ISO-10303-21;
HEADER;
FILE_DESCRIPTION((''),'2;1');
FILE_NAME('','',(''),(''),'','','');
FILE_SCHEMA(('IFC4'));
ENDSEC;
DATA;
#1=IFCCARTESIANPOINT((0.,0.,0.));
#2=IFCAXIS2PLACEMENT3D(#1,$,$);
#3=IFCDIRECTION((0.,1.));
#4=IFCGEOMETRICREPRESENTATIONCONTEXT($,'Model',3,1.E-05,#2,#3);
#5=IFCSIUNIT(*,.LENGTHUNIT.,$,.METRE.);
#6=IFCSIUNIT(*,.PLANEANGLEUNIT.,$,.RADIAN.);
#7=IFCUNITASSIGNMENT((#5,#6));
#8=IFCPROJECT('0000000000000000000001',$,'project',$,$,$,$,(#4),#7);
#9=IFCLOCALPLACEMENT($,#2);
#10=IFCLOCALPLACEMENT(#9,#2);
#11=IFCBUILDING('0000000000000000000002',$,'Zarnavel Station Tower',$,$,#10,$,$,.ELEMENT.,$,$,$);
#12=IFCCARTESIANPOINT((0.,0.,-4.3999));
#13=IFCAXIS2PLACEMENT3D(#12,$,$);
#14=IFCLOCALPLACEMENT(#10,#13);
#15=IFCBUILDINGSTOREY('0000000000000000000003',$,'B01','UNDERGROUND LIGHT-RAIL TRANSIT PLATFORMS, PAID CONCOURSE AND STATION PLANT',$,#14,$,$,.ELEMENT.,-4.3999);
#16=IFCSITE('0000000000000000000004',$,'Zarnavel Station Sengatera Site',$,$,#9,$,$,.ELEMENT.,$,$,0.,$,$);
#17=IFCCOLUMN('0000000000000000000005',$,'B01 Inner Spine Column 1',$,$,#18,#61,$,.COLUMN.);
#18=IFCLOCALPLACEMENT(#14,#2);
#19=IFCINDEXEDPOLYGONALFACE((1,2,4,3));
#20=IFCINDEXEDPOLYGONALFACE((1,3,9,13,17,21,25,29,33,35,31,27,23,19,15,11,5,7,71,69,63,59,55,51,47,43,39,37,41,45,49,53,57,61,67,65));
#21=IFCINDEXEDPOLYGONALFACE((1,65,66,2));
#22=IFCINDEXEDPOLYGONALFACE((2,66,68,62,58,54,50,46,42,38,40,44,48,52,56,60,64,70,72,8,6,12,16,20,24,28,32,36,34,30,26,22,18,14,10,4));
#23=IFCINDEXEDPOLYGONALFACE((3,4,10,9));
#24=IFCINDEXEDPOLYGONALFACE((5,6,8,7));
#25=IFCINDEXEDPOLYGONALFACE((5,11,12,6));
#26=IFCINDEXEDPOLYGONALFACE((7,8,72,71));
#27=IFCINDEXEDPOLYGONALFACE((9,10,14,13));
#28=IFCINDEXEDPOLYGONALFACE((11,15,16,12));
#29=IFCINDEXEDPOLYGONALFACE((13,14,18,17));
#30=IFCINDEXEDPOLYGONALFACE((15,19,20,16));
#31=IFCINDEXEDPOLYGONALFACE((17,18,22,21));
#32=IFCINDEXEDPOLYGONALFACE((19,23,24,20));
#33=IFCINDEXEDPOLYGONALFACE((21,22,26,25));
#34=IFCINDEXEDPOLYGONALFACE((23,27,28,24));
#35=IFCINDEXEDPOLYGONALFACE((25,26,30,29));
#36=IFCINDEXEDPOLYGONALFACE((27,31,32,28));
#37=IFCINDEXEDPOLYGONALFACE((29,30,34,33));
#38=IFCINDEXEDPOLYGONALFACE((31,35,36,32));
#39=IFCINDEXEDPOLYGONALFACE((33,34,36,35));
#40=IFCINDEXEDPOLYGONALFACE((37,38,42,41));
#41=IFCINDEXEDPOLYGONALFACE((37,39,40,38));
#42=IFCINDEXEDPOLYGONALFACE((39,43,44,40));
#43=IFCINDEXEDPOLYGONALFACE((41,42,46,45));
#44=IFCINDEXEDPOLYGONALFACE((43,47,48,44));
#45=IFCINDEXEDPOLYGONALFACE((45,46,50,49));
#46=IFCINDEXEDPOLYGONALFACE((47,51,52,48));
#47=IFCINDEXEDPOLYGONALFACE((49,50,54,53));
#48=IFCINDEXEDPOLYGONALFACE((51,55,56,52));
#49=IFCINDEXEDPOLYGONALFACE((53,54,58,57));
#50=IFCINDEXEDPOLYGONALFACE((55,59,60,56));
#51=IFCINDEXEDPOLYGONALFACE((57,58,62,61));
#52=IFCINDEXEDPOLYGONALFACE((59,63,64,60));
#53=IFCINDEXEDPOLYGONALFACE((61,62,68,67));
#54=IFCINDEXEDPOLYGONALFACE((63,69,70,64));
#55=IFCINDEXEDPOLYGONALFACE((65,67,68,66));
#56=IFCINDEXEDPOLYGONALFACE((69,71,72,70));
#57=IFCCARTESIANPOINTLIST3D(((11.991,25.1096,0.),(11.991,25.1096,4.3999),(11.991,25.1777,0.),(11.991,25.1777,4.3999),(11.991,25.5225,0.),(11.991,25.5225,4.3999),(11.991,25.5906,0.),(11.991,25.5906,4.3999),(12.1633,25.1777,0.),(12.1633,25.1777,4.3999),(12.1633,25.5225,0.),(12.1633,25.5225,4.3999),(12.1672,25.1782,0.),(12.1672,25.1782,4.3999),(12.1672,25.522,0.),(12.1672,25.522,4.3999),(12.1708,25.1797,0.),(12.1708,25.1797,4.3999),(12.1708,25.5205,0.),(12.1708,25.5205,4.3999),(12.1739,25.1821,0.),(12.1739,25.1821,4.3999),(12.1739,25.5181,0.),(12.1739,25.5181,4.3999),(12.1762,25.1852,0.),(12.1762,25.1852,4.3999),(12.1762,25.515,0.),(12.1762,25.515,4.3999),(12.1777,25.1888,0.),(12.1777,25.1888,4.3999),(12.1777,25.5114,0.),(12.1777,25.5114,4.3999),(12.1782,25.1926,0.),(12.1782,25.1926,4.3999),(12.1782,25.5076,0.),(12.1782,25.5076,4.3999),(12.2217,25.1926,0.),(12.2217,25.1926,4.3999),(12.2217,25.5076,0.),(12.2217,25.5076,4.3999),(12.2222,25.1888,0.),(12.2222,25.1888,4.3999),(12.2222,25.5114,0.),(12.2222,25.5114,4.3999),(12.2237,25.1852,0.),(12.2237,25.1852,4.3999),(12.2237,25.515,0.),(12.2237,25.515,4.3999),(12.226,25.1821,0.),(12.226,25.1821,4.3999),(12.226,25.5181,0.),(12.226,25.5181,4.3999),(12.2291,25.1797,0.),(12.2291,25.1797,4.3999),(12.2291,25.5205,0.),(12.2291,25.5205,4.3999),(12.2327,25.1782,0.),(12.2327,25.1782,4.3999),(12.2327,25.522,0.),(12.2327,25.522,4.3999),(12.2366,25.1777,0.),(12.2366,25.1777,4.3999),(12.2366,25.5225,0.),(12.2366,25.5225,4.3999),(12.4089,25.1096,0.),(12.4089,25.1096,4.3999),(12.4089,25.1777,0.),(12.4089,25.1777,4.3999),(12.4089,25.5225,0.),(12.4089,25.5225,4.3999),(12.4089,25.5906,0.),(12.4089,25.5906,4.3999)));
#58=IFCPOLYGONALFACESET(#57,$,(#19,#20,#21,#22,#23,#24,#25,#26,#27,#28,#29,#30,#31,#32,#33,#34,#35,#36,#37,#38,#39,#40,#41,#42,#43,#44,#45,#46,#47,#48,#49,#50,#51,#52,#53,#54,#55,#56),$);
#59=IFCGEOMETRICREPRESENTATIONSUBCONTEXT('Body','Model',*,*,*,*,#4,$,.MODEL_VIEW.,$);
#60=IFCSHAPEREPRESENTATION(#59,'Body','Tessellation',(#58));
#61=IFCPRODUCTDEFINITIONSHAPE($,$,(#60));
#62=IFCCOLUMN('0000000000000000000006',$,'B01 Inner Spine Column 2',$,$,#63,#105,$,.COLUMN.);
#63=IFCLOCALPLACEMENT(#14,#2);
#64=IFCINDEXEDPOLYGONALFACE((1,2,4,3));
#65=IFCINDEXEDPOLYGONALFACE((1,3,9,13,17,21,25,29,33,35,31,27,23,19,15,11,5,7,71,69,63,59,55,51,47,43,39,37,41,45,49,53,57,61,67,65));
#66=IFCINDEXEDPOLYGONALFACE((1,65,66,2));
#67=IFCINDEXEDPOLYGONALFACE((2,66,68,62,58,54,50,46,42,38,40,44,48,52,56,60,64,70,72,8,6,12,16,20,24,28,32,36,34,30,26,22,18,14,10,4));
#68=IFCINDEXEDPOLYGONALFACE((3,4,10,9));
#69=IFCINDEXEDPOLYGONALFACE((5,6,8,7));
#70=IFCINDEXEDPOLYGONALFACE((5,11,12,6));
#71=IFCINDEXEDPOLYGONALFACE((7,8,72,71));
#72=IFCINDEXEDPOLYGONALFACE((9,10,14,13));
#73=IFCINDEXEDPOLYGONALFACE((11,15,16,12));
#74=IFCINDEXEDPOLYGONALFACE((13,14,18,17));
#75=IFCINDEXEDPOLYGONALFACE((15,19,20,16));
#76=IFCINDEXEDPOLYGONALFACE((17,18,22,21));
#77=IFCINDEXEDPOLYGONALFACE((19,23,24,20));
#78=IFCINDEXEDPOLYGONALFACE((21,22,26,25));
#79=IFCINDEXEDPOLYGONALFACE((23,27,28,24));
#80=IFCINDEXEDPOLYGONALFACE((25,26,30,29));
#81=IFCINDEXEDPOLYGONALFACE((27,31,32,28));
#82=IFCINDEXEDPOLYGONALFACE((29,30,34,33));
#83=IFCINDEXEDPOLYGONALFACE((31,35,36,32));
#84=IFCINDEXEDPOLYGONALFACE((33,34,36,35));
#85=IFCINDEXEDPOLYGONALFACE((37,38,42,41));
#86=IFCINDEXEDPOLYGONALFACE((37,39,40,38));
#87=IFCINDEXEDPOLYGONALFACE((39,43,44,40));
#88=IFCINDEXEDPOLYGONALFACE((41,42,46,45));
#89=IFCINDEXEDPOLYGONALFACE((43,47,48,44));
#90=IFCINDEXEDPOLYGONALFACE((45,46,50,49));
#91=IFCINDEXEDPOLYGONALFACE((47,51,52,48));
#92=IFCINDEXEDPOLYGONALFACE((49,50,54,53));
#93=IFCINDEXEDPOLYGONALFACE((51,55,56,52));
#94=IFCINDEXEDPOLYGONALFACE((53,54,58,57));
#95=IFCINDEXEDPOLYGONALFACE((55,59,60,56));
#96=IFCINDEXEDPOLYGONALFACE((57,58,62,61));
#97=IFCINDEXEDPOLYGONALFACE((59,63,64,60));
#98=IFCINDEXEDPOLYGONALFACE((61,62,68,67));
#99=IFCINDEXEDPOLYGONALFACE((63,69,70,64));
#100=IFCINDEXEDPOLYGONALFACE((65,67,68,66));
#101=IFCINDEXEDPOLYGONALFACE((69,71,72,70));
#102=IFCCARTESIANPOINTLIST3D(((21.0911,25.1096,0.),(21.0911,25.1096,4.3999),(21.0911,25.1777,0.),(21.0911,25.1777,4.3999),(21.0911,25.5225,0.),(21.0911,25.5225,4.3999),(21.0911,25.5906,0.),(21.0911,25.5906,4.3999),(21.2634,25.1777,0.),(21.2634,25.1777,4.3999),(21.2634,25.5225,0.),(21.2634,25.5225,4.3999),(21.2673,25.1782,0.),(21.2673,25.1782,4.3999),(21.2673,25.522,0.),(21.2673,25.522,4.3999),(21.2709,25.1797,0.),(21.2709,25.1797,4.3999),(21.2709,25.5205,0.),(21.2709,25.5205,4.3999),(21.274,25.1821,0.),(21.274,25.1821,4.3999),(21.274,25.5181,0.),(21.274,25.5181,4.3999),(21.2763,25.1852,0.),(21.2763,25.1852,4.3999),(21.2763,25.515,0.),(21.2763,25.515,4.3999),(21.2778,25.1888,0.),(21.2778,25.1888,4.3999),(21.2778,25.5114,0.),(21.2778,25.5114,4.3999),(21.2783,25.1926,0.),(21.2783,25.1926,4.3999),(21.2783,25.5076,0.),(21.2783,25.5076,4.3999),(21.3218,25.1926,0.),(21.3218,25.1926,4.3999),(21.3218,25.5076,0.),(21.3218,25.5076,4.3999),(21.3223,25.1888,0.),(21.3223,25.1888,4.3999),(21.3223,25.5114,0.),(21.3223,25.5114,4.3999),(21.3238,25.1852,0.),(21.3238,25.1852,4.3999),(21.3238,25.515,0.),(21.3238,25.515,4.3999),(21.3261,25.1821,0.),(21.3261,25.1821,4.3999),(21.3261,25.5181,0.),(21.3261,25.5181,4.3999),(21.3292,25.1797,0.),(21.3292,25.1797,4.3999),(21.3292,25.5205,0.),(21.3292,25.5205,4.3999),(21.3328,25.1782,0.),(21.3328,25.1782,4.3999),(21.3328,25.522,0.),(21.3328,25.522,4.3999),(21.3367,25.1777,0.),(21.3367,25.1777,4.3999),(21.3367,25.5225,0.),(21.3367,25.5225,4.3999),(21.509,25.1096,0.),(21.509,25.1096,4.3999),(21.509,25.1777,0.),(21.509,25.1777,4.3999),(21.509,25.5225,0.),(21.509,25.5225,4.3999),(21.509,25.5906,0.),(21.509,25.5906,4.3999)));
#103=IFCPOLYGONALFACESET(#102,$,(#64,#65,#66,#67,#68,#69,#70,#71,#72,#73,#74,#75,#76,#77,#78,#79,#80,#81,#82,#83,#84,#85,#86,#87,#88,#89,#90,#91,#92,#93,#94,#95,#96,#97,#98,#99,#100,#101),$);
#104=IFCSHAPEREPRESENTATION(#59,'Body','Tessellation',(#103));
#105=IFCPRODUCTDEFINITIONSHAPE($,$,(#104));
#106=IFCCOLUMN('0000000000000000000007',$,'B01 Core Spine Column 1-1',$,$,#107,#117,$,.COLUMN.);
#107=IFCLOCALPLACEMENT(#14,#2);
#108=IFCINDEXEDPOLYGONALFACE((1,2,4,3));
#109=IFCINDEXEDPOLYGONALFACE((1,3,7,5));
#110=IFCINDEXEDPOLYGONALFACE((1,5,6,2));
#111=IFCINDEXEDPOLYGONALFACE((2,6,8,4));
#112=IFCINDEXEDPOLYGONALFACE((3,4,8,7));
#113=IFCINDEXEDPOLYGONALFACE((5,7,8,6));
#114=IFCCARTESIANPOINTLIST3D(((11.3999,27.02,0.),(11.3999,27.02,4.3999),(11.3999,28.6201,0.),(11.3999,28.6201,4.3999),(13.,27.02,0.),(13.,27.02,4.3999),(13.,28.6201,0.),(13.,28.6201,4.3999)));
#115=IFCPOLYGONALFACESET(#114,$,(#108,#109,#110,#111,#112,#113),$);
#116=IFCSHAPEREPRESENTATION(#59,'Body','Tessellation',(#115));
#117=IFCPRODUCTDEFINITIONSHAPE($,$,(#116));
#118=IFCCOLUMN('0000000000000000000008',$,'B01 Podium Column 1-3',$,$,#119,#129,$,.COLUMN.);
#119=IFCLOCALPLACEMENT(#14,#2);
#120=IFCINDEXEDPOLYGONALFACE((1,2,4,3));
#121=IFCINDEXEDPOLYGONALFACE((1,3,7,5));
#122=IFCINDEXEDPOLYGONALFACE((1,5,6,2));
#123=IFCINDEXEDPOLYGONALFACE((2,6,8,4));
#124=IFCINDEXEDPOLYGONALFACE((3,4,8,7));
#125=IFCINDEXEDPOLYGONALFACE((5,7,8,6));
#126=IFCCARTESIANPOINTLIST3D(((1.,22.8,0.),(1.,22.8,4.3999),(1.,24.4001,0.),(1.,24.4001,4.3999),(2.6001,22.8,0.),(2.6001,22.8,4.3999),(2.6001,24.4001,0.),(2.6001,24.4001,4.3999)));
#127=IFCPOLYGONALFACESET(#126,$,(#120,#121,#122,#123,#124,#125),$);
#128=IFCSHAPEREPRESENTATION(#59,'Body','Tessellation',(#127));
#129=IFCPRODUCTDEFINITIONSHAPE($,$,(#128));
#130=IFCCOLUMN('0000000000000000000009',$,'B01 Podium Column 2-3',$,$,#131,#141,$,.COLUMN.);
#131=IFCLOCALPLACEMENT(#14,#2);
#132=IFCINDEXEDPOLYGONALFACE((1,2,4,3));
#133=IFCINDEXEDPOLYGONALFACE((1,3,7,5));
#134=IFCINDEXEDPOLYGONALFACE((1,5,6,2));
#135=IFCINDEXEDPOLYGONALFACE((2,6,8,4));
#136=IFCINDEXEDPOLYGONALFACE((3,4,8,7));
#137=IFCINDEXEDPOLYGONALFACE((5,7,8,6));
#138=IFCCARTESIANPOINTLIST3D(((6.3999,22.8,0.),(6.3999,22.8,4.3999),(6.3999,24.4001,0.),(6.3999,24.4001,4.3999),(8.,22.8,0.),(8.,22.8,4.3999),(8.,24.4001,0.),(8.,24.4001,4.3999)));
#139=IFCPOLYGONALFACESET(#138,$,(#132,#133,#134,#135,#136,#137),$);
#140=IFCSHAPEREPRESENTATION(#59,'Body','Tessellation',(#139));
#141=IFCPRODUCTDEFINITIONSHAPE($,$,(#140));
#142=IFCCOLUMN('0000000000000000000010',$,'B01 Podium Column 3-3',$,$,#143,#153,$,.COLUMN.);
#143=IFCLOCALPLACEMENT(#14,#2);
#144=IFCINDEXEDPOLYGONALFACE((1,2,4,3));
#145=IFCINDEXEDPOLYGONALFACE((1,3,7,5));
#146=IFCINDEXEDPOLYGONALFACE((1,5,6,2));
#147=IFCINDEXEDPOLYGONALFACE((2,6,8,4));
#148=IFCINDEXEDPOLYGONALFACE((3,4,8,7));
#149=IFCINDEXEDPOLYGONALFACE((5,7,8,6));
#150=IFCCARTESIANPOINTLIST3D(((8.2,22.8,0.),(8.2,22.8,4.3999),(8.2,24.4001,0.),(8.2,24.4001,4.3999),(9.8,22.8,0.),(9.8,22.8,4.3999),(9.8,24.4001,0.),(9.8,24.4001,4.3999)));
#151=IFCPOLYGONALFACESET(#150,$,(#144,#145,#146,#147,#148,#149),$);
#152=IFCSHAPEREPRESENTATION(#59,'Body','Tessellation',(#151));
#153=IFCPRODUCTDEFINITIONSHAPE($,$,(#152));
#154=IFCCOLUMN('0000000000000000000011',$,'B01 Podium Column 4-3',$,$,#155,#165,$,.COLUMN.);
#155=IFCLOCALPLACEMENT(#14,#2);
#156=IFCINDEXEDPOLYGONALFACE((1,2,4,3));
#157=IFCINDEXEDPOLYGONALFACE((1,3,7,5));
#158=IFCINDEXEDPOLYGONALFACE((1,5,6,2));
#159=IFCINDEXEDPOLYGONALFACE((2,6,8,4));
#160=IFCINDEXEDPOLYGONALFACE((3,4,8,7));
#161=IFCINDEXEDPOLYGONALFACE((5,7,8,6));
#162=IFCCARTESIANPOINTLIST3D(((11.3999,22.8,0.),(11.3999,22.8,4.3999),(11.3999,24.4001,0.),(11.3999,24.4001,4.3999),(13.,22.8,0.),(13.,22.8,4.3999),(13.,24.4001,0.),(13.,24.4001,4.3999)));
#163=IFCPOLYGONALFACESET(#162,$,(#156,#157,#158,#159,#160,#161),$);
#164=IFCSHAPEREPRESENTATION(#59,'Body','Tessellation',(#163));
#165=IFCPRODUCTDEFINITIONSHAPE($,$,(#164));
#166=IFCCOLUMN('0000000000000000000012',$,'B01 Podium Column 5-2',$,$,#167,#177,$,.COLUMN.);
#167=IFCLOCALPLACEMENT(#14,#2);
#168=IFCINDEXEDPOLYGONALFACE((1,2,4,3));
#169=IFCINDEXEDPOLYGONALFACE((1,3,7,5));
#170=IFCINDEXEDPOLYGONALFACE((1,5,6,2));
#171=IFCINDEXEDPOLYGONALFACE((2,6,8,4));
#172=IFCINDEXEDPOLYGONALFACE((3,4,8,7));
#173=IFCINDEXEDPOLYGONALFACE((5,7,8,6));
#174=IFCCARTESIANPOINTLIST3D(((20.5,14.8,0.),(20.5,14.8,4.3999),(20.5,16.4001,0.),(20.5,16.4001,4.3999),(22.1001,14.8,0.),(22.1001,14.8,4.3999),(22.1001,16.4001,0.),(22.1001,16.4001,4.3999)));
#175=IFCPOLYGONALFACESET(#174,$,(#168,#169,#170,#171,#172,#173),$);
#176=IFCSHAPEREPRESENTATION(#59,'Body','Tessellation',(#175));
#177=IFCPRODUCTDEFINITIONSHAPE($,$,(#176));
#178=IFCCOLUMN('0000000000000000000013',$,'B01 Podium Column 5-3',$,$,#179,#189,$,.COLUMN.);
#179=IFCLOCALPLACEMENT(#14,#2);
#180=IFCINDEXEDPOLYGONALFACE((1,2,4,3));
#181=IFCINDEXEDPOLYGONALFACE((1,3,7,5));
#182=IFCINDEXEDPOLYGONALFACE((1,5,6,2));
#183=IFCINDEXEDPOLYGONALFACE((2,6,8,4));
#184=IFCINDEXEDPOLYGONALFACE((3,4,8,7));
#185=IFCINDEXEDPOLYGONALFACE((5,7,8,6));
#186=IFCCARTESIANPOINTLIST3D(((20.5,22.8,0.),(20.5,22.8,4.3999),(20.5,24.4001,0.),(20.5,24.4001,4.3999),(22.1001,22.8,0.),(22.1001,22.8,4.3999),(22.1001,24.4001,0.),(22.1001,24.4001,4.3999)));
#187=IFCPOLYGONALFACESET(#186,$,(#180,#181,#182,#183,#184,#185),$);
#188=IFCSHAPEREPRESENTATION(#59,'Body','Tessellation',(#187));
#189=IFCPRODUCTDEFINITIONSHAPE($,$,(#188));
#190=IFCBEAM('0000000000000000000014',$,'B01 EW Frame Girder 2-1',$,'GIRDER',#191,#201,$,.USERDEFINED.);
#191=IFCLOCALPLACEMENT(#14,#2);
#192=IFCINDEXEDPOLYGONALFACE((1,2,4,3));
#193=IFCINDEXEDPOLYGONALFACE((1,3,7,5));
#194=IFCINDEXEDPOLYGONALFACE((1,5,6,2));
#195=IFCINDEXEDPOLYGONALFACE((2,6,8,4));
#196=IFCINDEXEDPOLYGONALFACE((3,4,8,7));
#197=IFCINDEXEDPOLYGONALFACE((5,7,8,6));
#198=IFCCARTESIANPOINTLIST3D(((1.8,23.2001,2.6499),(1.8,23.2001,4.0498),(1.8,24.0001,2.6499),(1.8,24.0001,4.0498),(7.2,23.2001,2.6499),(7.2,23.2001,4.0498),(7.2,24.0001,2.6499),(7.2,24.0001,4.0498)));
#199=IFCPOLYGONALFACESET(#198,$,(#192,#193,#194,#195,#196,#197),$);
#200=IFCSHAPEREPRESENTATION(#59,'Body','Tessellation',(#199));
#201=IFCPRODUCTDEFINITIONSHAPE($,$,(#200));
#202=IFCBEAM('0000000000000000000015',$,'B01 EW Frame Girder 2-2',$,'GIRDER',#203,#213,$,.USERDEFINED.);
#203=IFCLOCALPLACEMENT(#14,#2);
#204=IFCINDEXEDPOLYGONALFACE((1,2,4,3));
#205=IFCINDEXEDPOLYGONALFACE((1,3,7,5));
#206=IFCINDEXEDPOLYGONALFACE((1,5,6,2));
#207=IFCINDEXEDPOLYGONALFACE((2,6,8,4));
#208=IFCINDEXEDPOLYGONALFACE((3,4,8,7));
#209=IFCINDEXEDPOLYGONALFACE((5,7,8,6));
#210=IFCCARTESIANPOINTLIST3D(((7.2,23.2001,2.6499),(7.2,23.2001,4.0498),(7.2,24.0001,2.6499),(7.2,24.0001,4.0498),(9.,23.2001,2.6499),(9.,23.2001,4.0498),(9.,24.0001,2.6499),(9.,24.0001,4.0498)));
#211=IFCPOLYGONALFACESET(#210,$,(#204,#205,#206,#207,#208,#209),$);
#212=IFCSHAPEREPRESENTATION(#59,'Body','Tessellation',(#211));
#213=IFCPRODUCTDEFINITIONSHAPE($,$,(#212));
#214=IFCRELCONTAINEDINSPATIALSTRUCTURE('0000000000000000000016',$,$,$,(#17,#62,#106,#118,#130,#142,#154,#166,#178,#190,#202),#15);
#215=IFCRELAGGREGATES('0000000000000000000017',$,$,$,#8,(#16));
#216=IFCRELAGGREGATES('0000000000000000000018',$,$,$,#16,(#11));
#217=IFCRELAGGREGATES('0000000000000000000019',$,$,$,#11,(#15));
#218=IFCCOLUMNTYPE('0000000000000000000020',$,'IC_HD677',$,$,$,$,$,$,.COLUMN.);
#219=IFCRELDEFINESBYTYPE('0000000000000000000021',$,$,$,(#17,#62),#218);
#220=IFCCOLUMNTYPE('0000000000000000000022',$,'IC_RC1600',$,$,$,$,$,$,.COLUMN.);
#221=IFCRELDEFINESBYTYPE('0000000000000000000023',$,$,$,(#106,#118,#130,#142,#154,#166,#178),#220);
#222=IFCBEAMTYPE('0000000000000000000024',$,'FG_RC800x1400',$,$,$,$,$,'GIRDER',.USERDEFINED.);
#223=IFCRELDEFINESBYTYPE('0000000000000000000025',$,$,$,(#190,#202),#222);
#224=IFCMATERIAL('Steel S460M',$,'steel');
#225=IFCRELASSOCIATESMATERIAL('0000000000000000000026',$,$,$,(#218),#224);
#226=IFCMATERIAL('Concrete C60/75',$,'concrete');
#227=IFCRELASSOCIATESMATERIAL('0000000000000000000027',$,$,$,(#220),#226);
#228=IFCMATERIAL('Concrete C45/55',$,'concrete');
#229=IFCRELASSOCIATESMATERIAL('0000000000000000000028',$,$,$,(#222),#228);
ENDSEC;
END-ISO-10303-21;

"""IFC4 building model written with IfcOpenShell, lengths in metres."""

from ifc_helpers import new_model, si_unit, direction, frame, origin, origin_2d, place, context, subcontext, project, spatial, rectangle, i_section, extrude, material, material_profile, profile_set, type_object, element, save


model = new_model("IFC4")

# Units and contexts
model_context = context("Model", 3, precision=1e-05, world=origin(), true_north=direction((0.0, 1.0)))
body_context = subcontext(model_context, "Body", "Model", "MODEL_VIEW")
ifc_project = project(units=[si_unit("LENGTHUNIT", "METRE"), si_unit("PLANEANGLEUNIT", "RADIAN")], contexts=[model_context])

# Site, building, storey
site_placement = place(None, origin())
site = spatial("IfcSite", under=ifc_project, at=site_placement, Name="Zarnavel Station Sengatera Site", CompositionType="ELEMENT", RefElevation=0.0)
building_placement = place(site_placement, origin())
building = spatial("IfcBuilding", under=site, at=building_placement, Name="Zarnavel Station Tower", CompositionType="ELEMENT")
storey_placement = place(building_placement, frame((0.0, 0.0, -4.3999)))
storey = spatial("IfcBuildingStorey", under=building, at=storey_placement, Name="B01", Description="UNDERGROUND LIGHT-RAIL TRANSIT PLATFORMS, PAID CONCOURSE AND STATION PLANT", CompositionType="ELEMENT", Elevation=-4.3999)

# Columns
ifc_material_1 = material(Name="Steel S460M", Category="steel")
ifc_material_profile_1 = material_profile(ifc_material_1, i_section(OverallWidth=0.418, OverallDepth=0.481, WebThickness=0.0435, FlangeThickness=0.0681, FilletRadius=0.0149, at=origin_2d()), Name="HD400x677")
ifc_profile_set_1 = profile_set([ifc_material_profile_1], Name="Steel S460M")
column_type_1 = type_object("IfcColumnType", Name="IC_HD677", PredefinedType="COLUMN", material=ifc_profile_set_1)
for number, where, z_axis, x_axis, name in (
    (1, (12.2, 25.3501, 0.0), (0.0, 0.0, 1.0), (1.0, 0.0, 0.0), "B01 Inner Spine Column 1"),
    (2, (21.3, 25.3501, 0.0), (0.0, 0.0, 1.0), (1.0, 0.0, 0.0), "B01 Inner Spine Column 2"),
):
    element("IfcColumn", number, at=place(storey_placement, frame(where, z_axis=z_axis, x_axis=x_axis)), inside=storey, type_object=column_type_1, Name=name, PredefinedType="COLUMN", context=body_context, shape_type="SweptSolid", body=[
        extrude(i_section(OverallWidth=0.418, OverallDepth=0.481, WebThickness=0.0435, FlangeThickness=0.0681, FilletRadius=0.0149, at=origin_2d()), origin(), (0.0, 0.0, 1.0), 4.3999),
    ])
ifc_material_2 = material(Name="Concrete C60/75", Category="concrete")
ifc_material_profile_2 = material_profile(ifc_material_2, rectangle(XDim=1.6001, YDim=1.6001, at=origin_2d()), Name="RC1600x1600")
ifc_profile_set_2 = profile_set([ifc_material_profile_2], Name="Concrete C60/75")
column_type_2 = type_object("IfcColumnType", Name="IC_RC1600", PredefinedType="COLUMN", material=ifc_profile_set_2)
for number, where, z_axis, x_axis, name in (
    (3, (12.2, 27.8201, 0.0), (0.0, 0.0, 1.0), (1.0, 0.0, 0.0), "B01 Core Spine Column 1-1"),
    (4, (1.8, 23.6001, 0.0), (0.0, 0.0, 1.0), (1.0, 0.0, 0.0), "B01 Podium Column 1-3"),
    (5, (7.2, 23.6001, 0.0), (0.0, 0.0, 1.0), (1.0, 0.0, 0.0), "B01 Podium Column 2-3"),
    (6, (9.0, 23.6001, 0.0), (0.0, 0.0, 1.0), (1.0, 0.0, 0.0), "B01 Podium Column 3-3"),
    (7, (12.2, 23.6001, 0.0), (0.0, 0.0, 1.0), (1.0, 0.0, 0.0), "B01 Podium Column 4-3"),
    (8, (21.3, 15.6001, 0.0), (0.0, 0.0, 1.0), (1.0, 0.0, 0.0), "B01 Podium Column 5-2"),
    (9, (21.3, 23.6001, 0.0), (0.0, 0.0, 1.0), (1.0, 0.0, 0.0), "B01 Podium Column 5-3"),
):
    element("IfcColumn", number, at=place(storey_placement, frame(where, z_axis=z_axis, x_axis=x_axis)), inside=storey, type_object=column_type_2, Name=name, PredefinedType="COLUMN", context=body_context, shape_type="SweptSolid", body=[
        extrude(rectangle(XDim=1.6001, YDim=1.6001, at=origin_2d()), origin(), (0.0, 0.0, 1.0), 4.3999),
    ])

# Beams
ifc_material_3 = material(Name="Concrete C45/55", Category="concrete")
ifc_material_profile_3 = material_profile(ifc_material_3, rectangle(XDim=0.8, YDim=1.3999, at=origin_2d()), Name="RC800x1400")
ifc_profile_set_3 = profile_set([ifc_material_profile_3], Name="Concrete C45/55")
beam_type_1 = type_object("IfcBeamType", Name="FG_RC800x1400", ElementType="GIRDER", PredefinedType="USERDEFINED", material=ifc_profile_set_3)
beam_1_placement = place(storey_placement, frame((1.8, 23.6001, 3.3499), z_axis=(1.0, 0.0, 0.0), x_axis=(0.0, 1.0, 0.0)))
element("IfcBeam", 10, at=beam_1_placement, inside=storey, type_object=beam_type_1, Name="B01 EW Frame Girder 2-1", ObjectType="GIRDER", PredefinedType="USERDEFINED", context=body_context, shape_type="SweptSolid", body=[
    extrude(rectangle(XDim=0.8, YDim=1.3999, at=origin_2d()), origin(), (0.0, 0.0, 1.0), 5.3999),
])
beam_2_placement = place(storey_placement, frame((7.2, 23.6001, 3.3499), z_axis=(1.0, 0.0, 0.0), x_axis=(0.0, 1.0, 0.0)))
element("IfcBeam", 11, at=beam_2_placement, inside=storey, type_object=beam_type_1, Name="B01 EW Frame Girder 2-2", ObjectType="GIRDER", PredefinedType="USERDEFINED", context=body_context, shape_type="SweptSolid", body=[
    extrude(rectangle(XDim=0.8, YDim=1.3999, at=origin_2d()), origin(), (0.0, 0.0, 1.0), 1.8),
])

save(model, "model.ifc")
